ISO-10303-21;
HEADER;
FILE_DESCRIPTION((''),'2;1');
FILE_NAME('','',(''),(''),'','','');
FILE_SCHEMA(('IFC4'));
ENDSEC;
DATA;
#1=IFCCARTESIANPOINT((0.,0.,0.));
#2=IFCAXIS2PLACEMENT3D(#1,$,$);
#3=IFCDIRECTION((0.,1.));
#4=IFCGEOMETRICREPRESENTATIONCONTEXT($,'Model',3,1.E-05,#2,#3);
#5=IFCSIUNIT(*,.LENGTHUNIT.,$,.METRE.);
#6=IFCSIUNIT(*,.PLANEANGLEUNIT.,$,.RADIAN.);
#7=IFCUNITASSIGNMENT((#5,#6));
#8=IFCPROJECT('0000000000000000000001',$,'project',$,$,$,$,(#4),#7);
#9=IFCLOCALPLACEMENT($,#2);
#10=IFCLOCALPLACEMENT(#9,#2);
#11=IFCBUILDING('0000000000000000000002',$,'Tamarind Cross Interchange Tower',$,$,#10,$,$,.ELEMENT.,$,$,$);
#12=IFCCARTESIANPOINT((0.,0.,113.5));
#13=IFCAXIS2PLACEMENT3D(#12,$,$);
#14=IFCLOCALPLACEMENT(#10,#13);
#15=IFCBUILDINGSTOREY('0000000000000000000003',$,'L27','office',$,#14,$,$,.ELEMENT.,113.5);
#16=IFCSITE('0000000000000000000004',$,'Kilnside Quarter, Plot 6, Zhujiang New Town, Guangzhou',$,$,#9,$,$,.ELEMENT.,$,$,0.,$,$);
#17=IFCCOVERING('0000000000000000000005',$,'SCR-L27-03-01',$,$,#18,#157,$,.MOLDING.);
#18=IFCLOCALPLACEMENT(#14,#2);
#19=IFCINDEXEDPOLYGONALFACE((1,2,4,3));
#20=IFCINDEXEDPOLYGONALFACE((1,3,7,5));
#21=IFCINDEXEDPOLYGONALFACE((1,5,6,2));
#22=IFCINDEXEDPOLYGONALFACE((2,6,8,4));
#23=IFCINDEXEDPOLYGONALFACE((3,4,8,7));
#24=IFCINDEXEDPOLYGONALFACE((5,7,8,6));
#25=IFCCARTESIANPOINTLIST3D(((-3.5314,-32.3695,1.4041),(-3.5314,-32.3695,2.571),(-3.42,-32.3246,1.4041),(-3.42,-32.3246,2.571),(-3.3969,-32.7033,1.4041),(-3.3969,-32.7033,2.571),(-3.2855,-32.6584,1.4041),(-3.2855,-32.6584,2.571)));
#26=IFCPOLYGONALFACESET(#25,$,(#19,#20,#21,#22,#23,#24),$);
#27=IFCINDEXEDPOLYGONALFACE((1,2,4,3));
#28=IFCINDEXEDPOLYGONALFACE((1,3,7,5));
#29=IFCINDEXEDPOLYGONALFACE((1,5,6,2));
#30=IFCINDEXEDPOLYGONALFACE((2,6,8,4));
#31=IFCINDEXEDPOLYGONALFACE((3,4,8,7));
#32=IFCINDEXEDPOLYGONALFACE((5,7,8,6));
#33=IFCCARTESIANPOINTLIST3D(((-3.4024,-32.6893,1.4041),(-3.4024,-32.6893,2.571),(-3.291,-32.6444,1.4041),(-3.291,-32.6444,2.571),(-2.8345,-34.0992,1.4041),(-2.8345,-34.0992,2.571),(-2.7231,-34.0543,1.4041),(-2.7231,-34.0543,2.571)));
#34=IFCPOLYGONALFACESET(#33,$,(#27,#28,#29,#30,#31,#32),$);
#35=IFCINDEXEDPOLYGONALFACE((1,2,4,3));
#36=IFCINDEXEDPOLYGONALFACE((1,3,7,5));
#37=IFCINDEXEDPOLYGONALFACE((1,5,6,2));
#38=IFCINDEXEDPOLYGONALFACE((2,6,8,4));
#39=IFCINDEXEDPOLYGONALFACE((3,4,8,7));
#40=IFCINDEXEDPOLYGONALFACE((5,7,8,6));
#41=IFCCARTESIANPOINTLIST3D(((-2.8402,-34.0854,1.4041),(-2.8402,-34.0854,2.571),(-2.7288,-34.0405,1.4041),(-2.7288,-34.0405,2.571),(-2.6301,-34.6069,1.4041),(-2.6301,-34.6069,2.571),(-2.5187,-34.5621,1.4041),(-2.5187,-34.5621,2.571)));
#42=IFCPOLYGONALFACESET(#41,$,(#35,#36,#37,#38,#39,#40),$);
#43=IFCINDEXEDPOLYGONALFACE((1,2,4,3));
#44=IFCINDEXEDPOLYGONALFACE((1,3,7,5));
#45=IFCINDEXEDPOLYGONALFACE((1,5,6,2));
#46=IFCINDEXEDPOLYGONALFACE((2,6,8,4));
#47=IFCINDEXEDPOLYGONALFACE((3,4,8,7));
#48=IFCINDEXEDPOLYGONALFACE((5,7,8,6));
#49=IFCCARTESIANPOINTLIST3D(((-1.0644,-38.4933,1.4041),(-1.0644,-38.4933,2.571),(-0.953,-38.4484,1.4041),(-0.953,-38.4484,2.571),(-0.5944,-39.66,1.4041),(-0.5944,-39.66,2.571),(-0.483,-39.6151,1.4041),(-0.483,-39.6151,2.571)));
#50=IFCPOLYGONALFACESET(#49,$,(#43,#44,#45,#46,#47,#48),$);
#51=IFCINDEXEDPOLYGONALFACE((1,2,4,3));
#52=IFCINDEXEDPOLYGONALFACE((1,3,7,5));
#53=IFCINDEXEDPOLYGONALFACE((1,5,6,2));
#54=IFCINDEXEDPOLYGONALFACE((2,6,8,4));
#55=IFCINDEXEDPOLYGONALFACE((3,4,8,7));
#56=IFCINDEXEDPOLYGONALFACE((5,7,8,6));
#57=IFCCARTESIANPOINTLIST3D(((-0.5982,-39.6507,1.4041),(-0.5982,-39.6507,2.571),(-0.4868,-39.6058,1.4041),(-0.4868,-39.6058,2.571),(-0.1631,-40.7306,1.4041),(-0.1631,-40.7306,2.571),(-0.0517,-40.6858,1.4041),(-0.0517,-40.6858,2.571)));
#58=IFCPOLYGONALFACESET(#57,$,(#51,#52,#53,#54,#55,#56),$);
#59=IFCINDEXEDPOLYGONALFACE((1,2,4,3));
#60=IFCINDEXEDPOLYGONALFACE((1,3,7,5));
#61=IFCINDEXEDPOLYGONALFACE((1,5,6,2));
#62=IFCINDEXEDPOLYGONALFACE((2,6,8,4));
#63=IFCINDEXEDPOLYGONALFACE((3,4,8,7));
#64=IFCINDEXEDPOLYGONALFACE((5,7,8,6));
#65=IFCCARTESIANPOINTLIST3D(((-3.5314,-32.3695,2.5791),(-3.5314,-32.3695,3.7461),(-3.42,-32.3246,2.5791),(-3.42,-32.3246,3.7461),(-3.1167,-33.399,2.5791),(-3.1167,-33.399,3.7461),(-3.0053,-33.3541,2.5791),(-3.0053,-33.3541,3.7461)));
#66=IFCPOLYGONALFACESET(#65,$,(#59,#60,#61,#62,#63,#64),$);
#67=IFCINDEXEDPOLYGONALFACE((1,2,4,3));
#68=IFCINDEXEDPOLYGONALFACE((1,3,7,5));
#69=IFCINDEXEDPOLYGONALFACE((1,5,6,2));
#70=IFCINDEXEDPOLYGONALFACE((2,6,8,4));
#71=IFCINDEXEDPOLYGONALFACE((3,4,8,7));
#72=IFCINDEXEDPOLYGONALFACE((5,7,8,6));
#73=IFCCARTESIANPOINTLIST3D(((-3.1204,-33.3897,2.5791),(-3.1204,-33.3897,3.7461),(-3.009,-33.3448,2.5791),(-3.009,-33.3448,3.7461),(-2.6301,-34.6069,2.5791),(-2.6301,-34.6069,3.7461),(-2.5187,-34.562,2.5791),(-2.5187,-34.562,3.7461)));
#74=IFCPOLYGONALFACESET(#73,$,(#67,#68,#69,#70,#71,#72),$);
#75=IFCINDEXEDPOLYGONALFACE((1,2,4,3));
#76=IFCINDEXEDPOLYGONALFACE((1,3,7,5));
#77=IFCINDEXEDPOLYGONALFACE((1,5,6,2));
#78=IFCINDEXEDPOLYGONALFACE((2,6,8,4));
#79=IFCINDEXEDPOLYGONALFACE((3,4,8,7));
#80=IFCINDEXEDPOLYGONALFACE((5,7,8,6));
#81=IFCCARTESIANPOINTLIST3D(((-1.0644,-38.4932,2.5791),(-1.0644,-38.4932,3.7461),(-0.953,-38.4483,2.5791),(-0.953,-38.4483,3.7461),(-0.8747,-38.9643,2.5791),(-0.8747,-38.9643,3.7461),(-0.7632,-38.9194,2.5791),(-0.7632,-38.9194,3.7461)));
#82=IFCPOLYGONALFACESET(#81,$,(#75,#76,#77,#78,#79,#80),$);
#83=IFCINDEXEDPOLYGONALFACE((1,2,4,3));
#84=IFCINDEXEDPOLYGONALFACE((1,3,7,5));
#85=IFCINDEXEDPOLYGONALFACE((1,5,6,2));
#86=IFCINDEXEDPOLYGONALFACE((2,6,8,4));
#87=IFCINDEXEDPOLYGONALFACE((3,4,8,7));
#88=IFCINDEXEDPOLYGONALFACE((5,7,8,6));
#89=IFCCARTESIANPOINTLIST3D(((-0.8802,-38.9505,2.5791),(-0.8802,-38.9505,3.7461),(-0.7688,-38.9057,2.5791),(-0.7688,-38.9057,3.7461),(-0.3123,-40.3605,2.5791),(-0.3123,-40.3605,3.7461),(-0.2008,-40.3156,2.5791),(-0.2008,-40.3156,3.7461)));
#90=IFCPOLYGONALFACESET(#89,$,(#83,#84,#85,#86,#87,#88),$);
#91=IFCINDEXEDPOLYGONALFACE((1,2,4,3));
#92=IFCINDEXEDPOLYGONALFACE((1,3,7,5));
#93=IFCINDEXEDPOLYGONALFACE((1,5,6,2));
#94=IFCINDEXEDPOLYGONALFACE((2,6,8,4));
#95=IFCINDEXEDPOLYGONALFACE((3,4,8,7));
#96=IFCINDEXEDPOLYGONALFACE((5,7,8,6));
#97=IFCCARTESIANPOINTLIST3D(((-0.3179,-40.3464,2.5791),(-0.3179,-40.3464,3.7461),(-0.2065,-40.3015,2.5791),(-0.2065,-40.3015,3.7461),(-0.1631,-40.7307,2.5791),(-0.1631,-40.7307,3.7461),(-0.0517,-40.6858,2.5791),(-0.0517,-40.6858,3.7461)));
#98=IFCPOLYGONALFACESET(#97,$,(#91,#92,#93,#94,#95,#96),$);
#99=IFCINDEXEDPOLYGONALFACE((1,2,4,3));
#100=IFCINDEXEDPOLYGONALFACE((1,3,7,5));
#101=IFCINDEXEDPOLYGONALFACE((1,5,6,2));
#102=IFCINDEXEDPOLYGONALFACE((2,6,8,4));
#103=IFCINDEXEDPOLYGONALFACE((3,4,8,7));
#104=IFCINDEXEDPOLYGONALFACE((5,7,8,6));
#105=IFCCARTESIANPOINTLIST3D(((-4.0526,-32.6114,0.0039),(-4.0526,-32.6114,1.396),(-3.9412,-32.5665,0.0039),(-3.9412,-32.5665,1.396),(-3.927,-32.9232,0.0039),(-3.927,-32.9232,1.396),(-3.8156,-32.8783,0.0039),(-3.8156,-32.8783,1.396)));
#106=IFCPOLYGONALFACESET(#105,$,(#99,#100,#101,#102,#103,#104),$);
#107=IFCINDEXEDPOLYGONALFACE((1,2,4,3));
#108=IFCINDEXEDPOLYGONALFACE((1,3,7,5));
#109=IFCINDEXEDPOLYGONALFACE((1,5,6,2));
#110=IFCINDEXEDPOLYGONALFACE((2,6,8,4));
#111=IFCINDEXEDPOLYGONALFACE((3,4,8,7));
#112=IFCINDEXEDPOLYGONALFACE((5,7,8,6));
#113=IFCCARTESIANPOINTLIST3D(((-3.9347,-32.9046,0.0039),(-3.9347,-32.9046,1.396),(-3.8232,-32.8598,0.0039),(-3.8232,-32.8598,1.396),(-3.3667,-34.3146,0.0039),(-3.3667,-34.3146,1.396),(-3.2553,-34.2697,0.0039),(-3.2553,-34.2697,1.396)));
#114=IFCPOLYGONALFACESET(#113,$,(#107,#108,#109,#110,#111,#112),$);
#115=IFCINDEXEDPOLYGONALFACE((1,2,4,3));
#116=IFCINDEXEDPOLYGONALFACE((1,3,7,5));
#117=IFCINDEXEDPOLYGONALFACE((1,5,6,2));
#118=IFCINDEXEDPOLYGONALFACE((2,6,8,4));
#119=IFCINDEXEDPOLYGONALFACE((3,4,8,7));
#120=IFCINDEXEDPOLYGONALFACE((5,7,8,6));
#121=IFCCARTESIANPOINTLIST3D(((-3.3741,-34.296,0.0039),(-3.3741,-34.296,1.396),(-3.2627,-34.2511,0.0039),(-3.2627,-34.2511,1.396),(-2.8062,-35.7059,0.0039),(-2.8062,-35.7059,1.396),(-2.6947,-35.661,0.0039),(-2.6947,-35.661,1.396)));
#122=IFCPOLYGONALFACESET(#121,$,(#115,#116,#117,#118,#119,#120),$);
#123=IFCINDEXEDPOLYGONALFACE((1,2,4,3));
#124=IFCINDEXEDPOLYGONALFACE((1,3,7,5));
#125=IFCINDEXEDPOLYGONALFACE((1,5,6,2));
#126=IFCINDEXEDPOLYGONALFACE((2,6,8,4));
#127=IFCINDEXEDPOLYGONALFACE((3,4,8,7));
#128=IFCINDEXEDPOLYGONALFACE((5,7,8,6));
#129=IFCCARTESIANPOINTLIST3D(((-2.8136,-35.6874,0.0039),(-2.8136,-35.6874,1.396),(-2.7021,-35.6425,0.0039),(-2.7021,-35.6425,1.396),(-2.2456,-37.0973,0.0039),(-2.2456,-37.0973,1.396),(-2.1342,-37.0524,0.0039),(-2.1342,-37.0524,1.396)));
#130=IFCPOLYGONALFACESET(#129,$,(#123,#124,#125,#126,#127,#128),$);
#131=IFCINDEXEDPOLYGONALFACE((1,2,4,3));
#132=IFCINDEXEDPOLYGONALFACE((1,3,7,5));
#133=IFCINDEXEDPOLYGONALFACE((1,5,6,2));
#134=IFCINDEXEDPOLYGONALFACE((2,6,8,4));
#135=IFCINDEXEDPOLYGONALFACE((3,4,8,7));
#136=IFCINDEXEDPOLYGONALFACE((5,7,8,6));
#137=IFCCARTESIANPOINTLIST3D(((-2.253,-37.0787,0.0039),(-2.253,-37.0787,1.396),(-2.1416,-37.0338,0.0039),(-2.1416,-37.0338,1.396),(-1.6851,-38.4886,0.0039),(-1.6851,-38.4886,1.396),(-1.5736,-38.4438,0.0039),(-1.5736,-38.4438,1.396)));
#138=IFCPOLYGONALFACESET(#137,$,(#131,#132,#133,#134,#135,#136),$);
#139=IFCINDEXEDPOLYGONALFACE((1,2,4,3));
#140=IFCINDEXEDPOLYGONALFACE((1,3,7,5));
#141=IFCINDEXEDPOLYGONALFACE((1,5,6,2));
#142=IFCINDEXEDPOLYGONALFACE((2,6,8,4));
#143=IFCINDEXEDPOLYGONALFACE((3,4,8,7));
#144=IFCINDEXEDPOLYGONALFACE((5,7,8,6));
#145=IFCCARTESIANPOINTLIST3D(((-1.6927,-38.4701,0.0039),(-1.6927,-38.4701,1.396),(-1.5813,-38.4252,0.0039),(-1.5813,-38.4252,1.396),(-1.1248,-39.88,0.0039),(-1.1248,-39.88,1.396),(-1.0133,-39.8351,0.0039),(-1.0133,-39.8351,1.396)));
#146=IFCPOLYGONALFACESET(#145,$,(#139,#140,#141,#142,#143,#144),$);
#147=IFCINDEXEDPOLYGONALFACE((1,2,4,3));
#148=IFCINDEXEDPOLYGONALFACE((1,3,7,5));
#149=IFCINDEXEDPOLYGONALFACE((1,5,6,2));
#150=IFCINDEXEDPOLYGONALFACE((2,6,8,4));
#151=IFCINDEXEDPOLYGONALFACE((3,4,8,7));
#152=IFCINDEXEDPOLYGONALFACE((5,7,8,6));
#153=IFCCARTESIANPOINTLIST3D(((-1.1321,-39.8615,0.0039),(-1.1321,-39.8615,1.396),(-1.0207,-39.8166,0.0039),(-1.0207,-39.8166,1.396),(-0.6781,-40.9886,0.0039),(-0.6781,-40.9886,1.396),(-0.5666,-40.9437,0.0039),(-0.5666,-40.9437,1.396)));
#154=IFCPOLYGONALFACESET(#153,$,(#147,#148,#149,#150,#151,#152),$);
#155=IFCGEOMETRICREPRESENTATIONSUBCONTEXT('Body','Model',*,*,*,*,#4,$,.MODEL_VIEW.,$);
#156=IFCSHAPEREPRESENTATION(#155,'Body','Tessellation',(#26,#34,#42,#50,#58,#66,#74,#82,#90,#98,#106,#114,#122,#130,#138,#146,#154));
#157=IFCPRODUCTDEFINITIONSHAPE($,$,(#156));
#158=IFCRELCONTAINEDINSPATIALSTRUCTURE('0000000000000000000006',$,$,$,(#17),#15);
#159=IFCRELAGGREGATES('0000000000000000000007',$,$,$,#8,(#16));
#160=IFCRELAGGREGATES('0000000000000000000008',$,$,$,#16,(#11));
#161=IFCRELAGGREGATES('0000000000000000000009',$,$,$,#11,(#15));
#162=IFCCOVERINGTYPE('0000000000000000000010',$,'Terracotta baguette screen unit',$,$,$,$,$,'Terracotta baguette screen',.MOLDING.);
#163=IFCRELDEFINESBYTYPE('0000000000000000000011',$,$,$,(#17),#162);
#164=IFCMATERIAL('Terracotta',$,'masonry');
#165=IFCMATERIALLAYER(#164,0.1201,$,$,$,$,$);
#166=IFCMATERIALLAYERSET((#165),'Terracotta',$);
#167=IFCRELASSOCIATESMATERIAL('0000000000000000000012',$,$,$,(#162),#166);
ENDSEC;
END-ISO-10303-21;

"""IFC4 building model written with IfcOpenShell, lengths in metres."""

from ifc_helpers import new_model, si_unit, direction, frame, origin, origin_2d, place, context, subcontext, project, spatial, rectangle, extrude, material, layer, layer_set, type_object, element, save


model = new_model("IFC4")

# Units and contexts
model_context = context("Model", 3, precision=1e-05, world=origin(), true_north=direction((0.0, 1.0)))
body_context = subcontext(model_context, "Body", "Model", "MODEL_VIEW")
ifc_project = project(units=[si_unit("LENGTHUNIT", "METRE"), si_unit("PLANEANGLEUNIT", "RADIAN")], contexts=[model_context])

# Site, building, storey
site_placement = place(None, origin())
site = spatial("IfcSite", under=ifc_project, at=site_placement, Name="Kilnside Quarter, Plot 6, Zhujiang New Town, Guangzhou", CompositionType="ELEMENT", RefElevation=0.0)
building_placement = place(site_placement, origin())
building = spatial("IfcBuilding", under=site, at=building_placement, Name="Tamarind Cross Interchange Tower", CompositionType="ELEMENT")
storey_placement = place(building_placement, frame((0.0, 0.0, 113.5)))
storey = spatial("IfcBuildingStorey", under=building, at=storey_placement, Name="L27", Description="office", CompositionType="ELEMENT", Elevation=113.5)

# Covering
ifc_material_1 = material(Name="Terracotta", Category="masonry")
ifc_layer_1 = layer(ifc_material_1, 0.1201)
ifc_layer_set_1 = layer_set([ifc_layer_1], Name="Terracotta")
covering_type = type_object("IfcCoveringType", Name="Terracotta baguette screen unit", ElementType="Terracotta baguette screen", PredefinedType="MOLDING", material=ifc_layer_set_1)
covering_1_placement = place(storey_placement, origin())
element("IfcCovering", 1, at=covering_1_placement, inside=storey, type_object=covering_type, Name="SCR-L27-03-01", PredefinedType="MOLDING", context=body_context, shape_type="SweptSolid", body=[
    extrude(rectangle(XDim=0.3599, YDim=0.1201, at=origin_2d()), frame((-3.4084, -32.5139, 1.4041), z_axis=(0.0, 0.0, 1.0), x_axis=(0.373648, -0.92757, 0.0)), (0.0, 0.0, 1.0), 1.167),
    extrude(rectangle(XDim=1.52, YDim=0.1201, at=origin_2d()), frame((-3.0627, -33.3718, 1.4041), z_axis=(0.0, 0.0, 1.0), x_axis=(0.373648, -0.92757, 0.0)), (0.0, 0.0, 1.0), 1.167),
    extrude(rectangle(XDim=0.5623, YDim=0.1201, at=origin_2d()), frame((-2.6794, -34.3237, 1.4041), z_axis=(0.0, 0.0, 1.0), x_axis=(0.373648, -0.92757, 0.0)), (0.0, 0.0, 1.0), 1.167),
    extrude(rectangle(XDim=1.2578, YDim=0.1201, at=origin_2d()), frame((-0.7737, -39.0542, 1.4041), z_axis=(0.0, 0.0, 1.0), x_axis=(0.373648, -0.92757, 0.0)), (0.0, 0.0, 1.0), 1.167),
    extrude(rectangle(XDim=1.1643, YDim=0.1201, at=origin_2d()), frame((-0.325, -40.1682, 1.4041), z_axis=(0.0, 0.0, 1.0), x_axis=(0.373648, -0.92757, 0.0)), (0.0, 0.0, 1.0), 1.167),
    extrude(rectangle(XDim=1.1099, YDim=0.1201, at=origin_2d()), frame((-3.2683, -32.8618, 2.5791), z_axis=(0.0, 0.0, 1.0), x_axis=(0.373648, -0.92757, 0.0)), (0.0, 0.0, 1.0), 1.167),
    extrude(rectangle(XDim=1.3123, YDim=0.1201, at=origin_2d()), frame((-2.8196, -33.9758, 2.5791), z_axis=(0.0, 0.0, 1.0), x_axis=(0.373648, -0.92757, 0.0)), (0.0, 0.0, 1.0), 1.167),
    extrude(rectangle(XDim=0.5078, YDim=0.1201, at=origin_2d()), frame((-0.9138, -38.7063, 2.5791), z_axis=(0.0, 0.0, 1.0), x_axis=(0.373648, -0.92757, 0.0)), (0.0, 0.0, 1.0), 1.167),
    extrude(rectangle(XDim=1.52, YDim=0.1201, at=origin_2d()), frame((-0.5405, -39.6331, 2.5791), z_axis=(0.0, 0.0, 1.0), x_axis=(0.373648, -0.92757, 0.0)), (0.0, 0.0, 1.0), 1.167),
    extrude(rectangle(XDim=0.4143, YDim=0.1201, at=origin_2d()), frame((-0.1848, -40.5161, 2.5791), z_axis=(0.0, 0.0, 1.0), x_axis=(0.373648, -0.92757, 0.0)), (0.0, 0.0, 1.0), 1.167),
    extrude(rectangle(XDim=0.3362, YDim=0.1201, at=origin_2d()), frame((-3.9341, -32.7449, 0.0039), z_axis=(0.0, 0.0, 1.0), x_axis=(0.373648, -0.92757, 0.0)), (0.0, 0.0, 1.0), 1.3921),
    extrude(rectangle(XDim=1.52, YDim=0.1201, at=origin_2d()), frame((-3.595, -33.5872, 0.0039), z_axis=(0.0, 0.0, 1.0), x_axis=(0.373648, -0.92757, 0.0)), (0.0, 0.0, 1.0), 1.3921),
    extrude(rectangle(XDim=1.52, YDim=0.1201, at=origin_2d()), frame((-3.0344, -34.9785, 0.0039), z_axis=(0.0, 0.0, 1.0), x_axis=(0.373648, -0.92757, 0.0)), (0.0, 0.0, 1.0), 1.3921),
    extrude(rectangle(XDim=1.52, YDim=0.1201, at=origin_2d()), frame((-2.4739, -36.3699, 0.0039), z_axis=(0.0, 0.0, 1.0), x_axis=(0.373648, -0.92757, 0.0)), (0.0, 0.0, 1.0), 1.3921),
    extrude(rectangle(XDim=1.52, YDim=0.1201, at=origin_2d()), frame((-1.9133, -37.7612, 0.0039), z_axis=(0.0, 0.0, 1.0), x_axis=(0.373648, -0.92757, 0.0)), (0.0, 0.0, 1.0), 1.3921),
    extrude(rectangle(XDim=1.52, YDim=0.1201, at=origin_2d()), frame((-1.353, -39.1526, 0.0039), z_axis=(0.0, 0.0, 1.0), x_axis=(0.373648, -0.92757, 0.0)), (0.0, 0.0, 1.0), 1.3921),
    extrude(rectangle(XDim=1.2151, YDim=0.1201, at=origin_2d()), frame((-0.8494, -40.4026, 0.0039), z_axis=(0.0, 0.0, 1.0), x_axis=(0.373648, -0.92757, 0.0)), (0.0, 0.0, 1.0), 1.3921),
])

save(model, "model.ifc")
